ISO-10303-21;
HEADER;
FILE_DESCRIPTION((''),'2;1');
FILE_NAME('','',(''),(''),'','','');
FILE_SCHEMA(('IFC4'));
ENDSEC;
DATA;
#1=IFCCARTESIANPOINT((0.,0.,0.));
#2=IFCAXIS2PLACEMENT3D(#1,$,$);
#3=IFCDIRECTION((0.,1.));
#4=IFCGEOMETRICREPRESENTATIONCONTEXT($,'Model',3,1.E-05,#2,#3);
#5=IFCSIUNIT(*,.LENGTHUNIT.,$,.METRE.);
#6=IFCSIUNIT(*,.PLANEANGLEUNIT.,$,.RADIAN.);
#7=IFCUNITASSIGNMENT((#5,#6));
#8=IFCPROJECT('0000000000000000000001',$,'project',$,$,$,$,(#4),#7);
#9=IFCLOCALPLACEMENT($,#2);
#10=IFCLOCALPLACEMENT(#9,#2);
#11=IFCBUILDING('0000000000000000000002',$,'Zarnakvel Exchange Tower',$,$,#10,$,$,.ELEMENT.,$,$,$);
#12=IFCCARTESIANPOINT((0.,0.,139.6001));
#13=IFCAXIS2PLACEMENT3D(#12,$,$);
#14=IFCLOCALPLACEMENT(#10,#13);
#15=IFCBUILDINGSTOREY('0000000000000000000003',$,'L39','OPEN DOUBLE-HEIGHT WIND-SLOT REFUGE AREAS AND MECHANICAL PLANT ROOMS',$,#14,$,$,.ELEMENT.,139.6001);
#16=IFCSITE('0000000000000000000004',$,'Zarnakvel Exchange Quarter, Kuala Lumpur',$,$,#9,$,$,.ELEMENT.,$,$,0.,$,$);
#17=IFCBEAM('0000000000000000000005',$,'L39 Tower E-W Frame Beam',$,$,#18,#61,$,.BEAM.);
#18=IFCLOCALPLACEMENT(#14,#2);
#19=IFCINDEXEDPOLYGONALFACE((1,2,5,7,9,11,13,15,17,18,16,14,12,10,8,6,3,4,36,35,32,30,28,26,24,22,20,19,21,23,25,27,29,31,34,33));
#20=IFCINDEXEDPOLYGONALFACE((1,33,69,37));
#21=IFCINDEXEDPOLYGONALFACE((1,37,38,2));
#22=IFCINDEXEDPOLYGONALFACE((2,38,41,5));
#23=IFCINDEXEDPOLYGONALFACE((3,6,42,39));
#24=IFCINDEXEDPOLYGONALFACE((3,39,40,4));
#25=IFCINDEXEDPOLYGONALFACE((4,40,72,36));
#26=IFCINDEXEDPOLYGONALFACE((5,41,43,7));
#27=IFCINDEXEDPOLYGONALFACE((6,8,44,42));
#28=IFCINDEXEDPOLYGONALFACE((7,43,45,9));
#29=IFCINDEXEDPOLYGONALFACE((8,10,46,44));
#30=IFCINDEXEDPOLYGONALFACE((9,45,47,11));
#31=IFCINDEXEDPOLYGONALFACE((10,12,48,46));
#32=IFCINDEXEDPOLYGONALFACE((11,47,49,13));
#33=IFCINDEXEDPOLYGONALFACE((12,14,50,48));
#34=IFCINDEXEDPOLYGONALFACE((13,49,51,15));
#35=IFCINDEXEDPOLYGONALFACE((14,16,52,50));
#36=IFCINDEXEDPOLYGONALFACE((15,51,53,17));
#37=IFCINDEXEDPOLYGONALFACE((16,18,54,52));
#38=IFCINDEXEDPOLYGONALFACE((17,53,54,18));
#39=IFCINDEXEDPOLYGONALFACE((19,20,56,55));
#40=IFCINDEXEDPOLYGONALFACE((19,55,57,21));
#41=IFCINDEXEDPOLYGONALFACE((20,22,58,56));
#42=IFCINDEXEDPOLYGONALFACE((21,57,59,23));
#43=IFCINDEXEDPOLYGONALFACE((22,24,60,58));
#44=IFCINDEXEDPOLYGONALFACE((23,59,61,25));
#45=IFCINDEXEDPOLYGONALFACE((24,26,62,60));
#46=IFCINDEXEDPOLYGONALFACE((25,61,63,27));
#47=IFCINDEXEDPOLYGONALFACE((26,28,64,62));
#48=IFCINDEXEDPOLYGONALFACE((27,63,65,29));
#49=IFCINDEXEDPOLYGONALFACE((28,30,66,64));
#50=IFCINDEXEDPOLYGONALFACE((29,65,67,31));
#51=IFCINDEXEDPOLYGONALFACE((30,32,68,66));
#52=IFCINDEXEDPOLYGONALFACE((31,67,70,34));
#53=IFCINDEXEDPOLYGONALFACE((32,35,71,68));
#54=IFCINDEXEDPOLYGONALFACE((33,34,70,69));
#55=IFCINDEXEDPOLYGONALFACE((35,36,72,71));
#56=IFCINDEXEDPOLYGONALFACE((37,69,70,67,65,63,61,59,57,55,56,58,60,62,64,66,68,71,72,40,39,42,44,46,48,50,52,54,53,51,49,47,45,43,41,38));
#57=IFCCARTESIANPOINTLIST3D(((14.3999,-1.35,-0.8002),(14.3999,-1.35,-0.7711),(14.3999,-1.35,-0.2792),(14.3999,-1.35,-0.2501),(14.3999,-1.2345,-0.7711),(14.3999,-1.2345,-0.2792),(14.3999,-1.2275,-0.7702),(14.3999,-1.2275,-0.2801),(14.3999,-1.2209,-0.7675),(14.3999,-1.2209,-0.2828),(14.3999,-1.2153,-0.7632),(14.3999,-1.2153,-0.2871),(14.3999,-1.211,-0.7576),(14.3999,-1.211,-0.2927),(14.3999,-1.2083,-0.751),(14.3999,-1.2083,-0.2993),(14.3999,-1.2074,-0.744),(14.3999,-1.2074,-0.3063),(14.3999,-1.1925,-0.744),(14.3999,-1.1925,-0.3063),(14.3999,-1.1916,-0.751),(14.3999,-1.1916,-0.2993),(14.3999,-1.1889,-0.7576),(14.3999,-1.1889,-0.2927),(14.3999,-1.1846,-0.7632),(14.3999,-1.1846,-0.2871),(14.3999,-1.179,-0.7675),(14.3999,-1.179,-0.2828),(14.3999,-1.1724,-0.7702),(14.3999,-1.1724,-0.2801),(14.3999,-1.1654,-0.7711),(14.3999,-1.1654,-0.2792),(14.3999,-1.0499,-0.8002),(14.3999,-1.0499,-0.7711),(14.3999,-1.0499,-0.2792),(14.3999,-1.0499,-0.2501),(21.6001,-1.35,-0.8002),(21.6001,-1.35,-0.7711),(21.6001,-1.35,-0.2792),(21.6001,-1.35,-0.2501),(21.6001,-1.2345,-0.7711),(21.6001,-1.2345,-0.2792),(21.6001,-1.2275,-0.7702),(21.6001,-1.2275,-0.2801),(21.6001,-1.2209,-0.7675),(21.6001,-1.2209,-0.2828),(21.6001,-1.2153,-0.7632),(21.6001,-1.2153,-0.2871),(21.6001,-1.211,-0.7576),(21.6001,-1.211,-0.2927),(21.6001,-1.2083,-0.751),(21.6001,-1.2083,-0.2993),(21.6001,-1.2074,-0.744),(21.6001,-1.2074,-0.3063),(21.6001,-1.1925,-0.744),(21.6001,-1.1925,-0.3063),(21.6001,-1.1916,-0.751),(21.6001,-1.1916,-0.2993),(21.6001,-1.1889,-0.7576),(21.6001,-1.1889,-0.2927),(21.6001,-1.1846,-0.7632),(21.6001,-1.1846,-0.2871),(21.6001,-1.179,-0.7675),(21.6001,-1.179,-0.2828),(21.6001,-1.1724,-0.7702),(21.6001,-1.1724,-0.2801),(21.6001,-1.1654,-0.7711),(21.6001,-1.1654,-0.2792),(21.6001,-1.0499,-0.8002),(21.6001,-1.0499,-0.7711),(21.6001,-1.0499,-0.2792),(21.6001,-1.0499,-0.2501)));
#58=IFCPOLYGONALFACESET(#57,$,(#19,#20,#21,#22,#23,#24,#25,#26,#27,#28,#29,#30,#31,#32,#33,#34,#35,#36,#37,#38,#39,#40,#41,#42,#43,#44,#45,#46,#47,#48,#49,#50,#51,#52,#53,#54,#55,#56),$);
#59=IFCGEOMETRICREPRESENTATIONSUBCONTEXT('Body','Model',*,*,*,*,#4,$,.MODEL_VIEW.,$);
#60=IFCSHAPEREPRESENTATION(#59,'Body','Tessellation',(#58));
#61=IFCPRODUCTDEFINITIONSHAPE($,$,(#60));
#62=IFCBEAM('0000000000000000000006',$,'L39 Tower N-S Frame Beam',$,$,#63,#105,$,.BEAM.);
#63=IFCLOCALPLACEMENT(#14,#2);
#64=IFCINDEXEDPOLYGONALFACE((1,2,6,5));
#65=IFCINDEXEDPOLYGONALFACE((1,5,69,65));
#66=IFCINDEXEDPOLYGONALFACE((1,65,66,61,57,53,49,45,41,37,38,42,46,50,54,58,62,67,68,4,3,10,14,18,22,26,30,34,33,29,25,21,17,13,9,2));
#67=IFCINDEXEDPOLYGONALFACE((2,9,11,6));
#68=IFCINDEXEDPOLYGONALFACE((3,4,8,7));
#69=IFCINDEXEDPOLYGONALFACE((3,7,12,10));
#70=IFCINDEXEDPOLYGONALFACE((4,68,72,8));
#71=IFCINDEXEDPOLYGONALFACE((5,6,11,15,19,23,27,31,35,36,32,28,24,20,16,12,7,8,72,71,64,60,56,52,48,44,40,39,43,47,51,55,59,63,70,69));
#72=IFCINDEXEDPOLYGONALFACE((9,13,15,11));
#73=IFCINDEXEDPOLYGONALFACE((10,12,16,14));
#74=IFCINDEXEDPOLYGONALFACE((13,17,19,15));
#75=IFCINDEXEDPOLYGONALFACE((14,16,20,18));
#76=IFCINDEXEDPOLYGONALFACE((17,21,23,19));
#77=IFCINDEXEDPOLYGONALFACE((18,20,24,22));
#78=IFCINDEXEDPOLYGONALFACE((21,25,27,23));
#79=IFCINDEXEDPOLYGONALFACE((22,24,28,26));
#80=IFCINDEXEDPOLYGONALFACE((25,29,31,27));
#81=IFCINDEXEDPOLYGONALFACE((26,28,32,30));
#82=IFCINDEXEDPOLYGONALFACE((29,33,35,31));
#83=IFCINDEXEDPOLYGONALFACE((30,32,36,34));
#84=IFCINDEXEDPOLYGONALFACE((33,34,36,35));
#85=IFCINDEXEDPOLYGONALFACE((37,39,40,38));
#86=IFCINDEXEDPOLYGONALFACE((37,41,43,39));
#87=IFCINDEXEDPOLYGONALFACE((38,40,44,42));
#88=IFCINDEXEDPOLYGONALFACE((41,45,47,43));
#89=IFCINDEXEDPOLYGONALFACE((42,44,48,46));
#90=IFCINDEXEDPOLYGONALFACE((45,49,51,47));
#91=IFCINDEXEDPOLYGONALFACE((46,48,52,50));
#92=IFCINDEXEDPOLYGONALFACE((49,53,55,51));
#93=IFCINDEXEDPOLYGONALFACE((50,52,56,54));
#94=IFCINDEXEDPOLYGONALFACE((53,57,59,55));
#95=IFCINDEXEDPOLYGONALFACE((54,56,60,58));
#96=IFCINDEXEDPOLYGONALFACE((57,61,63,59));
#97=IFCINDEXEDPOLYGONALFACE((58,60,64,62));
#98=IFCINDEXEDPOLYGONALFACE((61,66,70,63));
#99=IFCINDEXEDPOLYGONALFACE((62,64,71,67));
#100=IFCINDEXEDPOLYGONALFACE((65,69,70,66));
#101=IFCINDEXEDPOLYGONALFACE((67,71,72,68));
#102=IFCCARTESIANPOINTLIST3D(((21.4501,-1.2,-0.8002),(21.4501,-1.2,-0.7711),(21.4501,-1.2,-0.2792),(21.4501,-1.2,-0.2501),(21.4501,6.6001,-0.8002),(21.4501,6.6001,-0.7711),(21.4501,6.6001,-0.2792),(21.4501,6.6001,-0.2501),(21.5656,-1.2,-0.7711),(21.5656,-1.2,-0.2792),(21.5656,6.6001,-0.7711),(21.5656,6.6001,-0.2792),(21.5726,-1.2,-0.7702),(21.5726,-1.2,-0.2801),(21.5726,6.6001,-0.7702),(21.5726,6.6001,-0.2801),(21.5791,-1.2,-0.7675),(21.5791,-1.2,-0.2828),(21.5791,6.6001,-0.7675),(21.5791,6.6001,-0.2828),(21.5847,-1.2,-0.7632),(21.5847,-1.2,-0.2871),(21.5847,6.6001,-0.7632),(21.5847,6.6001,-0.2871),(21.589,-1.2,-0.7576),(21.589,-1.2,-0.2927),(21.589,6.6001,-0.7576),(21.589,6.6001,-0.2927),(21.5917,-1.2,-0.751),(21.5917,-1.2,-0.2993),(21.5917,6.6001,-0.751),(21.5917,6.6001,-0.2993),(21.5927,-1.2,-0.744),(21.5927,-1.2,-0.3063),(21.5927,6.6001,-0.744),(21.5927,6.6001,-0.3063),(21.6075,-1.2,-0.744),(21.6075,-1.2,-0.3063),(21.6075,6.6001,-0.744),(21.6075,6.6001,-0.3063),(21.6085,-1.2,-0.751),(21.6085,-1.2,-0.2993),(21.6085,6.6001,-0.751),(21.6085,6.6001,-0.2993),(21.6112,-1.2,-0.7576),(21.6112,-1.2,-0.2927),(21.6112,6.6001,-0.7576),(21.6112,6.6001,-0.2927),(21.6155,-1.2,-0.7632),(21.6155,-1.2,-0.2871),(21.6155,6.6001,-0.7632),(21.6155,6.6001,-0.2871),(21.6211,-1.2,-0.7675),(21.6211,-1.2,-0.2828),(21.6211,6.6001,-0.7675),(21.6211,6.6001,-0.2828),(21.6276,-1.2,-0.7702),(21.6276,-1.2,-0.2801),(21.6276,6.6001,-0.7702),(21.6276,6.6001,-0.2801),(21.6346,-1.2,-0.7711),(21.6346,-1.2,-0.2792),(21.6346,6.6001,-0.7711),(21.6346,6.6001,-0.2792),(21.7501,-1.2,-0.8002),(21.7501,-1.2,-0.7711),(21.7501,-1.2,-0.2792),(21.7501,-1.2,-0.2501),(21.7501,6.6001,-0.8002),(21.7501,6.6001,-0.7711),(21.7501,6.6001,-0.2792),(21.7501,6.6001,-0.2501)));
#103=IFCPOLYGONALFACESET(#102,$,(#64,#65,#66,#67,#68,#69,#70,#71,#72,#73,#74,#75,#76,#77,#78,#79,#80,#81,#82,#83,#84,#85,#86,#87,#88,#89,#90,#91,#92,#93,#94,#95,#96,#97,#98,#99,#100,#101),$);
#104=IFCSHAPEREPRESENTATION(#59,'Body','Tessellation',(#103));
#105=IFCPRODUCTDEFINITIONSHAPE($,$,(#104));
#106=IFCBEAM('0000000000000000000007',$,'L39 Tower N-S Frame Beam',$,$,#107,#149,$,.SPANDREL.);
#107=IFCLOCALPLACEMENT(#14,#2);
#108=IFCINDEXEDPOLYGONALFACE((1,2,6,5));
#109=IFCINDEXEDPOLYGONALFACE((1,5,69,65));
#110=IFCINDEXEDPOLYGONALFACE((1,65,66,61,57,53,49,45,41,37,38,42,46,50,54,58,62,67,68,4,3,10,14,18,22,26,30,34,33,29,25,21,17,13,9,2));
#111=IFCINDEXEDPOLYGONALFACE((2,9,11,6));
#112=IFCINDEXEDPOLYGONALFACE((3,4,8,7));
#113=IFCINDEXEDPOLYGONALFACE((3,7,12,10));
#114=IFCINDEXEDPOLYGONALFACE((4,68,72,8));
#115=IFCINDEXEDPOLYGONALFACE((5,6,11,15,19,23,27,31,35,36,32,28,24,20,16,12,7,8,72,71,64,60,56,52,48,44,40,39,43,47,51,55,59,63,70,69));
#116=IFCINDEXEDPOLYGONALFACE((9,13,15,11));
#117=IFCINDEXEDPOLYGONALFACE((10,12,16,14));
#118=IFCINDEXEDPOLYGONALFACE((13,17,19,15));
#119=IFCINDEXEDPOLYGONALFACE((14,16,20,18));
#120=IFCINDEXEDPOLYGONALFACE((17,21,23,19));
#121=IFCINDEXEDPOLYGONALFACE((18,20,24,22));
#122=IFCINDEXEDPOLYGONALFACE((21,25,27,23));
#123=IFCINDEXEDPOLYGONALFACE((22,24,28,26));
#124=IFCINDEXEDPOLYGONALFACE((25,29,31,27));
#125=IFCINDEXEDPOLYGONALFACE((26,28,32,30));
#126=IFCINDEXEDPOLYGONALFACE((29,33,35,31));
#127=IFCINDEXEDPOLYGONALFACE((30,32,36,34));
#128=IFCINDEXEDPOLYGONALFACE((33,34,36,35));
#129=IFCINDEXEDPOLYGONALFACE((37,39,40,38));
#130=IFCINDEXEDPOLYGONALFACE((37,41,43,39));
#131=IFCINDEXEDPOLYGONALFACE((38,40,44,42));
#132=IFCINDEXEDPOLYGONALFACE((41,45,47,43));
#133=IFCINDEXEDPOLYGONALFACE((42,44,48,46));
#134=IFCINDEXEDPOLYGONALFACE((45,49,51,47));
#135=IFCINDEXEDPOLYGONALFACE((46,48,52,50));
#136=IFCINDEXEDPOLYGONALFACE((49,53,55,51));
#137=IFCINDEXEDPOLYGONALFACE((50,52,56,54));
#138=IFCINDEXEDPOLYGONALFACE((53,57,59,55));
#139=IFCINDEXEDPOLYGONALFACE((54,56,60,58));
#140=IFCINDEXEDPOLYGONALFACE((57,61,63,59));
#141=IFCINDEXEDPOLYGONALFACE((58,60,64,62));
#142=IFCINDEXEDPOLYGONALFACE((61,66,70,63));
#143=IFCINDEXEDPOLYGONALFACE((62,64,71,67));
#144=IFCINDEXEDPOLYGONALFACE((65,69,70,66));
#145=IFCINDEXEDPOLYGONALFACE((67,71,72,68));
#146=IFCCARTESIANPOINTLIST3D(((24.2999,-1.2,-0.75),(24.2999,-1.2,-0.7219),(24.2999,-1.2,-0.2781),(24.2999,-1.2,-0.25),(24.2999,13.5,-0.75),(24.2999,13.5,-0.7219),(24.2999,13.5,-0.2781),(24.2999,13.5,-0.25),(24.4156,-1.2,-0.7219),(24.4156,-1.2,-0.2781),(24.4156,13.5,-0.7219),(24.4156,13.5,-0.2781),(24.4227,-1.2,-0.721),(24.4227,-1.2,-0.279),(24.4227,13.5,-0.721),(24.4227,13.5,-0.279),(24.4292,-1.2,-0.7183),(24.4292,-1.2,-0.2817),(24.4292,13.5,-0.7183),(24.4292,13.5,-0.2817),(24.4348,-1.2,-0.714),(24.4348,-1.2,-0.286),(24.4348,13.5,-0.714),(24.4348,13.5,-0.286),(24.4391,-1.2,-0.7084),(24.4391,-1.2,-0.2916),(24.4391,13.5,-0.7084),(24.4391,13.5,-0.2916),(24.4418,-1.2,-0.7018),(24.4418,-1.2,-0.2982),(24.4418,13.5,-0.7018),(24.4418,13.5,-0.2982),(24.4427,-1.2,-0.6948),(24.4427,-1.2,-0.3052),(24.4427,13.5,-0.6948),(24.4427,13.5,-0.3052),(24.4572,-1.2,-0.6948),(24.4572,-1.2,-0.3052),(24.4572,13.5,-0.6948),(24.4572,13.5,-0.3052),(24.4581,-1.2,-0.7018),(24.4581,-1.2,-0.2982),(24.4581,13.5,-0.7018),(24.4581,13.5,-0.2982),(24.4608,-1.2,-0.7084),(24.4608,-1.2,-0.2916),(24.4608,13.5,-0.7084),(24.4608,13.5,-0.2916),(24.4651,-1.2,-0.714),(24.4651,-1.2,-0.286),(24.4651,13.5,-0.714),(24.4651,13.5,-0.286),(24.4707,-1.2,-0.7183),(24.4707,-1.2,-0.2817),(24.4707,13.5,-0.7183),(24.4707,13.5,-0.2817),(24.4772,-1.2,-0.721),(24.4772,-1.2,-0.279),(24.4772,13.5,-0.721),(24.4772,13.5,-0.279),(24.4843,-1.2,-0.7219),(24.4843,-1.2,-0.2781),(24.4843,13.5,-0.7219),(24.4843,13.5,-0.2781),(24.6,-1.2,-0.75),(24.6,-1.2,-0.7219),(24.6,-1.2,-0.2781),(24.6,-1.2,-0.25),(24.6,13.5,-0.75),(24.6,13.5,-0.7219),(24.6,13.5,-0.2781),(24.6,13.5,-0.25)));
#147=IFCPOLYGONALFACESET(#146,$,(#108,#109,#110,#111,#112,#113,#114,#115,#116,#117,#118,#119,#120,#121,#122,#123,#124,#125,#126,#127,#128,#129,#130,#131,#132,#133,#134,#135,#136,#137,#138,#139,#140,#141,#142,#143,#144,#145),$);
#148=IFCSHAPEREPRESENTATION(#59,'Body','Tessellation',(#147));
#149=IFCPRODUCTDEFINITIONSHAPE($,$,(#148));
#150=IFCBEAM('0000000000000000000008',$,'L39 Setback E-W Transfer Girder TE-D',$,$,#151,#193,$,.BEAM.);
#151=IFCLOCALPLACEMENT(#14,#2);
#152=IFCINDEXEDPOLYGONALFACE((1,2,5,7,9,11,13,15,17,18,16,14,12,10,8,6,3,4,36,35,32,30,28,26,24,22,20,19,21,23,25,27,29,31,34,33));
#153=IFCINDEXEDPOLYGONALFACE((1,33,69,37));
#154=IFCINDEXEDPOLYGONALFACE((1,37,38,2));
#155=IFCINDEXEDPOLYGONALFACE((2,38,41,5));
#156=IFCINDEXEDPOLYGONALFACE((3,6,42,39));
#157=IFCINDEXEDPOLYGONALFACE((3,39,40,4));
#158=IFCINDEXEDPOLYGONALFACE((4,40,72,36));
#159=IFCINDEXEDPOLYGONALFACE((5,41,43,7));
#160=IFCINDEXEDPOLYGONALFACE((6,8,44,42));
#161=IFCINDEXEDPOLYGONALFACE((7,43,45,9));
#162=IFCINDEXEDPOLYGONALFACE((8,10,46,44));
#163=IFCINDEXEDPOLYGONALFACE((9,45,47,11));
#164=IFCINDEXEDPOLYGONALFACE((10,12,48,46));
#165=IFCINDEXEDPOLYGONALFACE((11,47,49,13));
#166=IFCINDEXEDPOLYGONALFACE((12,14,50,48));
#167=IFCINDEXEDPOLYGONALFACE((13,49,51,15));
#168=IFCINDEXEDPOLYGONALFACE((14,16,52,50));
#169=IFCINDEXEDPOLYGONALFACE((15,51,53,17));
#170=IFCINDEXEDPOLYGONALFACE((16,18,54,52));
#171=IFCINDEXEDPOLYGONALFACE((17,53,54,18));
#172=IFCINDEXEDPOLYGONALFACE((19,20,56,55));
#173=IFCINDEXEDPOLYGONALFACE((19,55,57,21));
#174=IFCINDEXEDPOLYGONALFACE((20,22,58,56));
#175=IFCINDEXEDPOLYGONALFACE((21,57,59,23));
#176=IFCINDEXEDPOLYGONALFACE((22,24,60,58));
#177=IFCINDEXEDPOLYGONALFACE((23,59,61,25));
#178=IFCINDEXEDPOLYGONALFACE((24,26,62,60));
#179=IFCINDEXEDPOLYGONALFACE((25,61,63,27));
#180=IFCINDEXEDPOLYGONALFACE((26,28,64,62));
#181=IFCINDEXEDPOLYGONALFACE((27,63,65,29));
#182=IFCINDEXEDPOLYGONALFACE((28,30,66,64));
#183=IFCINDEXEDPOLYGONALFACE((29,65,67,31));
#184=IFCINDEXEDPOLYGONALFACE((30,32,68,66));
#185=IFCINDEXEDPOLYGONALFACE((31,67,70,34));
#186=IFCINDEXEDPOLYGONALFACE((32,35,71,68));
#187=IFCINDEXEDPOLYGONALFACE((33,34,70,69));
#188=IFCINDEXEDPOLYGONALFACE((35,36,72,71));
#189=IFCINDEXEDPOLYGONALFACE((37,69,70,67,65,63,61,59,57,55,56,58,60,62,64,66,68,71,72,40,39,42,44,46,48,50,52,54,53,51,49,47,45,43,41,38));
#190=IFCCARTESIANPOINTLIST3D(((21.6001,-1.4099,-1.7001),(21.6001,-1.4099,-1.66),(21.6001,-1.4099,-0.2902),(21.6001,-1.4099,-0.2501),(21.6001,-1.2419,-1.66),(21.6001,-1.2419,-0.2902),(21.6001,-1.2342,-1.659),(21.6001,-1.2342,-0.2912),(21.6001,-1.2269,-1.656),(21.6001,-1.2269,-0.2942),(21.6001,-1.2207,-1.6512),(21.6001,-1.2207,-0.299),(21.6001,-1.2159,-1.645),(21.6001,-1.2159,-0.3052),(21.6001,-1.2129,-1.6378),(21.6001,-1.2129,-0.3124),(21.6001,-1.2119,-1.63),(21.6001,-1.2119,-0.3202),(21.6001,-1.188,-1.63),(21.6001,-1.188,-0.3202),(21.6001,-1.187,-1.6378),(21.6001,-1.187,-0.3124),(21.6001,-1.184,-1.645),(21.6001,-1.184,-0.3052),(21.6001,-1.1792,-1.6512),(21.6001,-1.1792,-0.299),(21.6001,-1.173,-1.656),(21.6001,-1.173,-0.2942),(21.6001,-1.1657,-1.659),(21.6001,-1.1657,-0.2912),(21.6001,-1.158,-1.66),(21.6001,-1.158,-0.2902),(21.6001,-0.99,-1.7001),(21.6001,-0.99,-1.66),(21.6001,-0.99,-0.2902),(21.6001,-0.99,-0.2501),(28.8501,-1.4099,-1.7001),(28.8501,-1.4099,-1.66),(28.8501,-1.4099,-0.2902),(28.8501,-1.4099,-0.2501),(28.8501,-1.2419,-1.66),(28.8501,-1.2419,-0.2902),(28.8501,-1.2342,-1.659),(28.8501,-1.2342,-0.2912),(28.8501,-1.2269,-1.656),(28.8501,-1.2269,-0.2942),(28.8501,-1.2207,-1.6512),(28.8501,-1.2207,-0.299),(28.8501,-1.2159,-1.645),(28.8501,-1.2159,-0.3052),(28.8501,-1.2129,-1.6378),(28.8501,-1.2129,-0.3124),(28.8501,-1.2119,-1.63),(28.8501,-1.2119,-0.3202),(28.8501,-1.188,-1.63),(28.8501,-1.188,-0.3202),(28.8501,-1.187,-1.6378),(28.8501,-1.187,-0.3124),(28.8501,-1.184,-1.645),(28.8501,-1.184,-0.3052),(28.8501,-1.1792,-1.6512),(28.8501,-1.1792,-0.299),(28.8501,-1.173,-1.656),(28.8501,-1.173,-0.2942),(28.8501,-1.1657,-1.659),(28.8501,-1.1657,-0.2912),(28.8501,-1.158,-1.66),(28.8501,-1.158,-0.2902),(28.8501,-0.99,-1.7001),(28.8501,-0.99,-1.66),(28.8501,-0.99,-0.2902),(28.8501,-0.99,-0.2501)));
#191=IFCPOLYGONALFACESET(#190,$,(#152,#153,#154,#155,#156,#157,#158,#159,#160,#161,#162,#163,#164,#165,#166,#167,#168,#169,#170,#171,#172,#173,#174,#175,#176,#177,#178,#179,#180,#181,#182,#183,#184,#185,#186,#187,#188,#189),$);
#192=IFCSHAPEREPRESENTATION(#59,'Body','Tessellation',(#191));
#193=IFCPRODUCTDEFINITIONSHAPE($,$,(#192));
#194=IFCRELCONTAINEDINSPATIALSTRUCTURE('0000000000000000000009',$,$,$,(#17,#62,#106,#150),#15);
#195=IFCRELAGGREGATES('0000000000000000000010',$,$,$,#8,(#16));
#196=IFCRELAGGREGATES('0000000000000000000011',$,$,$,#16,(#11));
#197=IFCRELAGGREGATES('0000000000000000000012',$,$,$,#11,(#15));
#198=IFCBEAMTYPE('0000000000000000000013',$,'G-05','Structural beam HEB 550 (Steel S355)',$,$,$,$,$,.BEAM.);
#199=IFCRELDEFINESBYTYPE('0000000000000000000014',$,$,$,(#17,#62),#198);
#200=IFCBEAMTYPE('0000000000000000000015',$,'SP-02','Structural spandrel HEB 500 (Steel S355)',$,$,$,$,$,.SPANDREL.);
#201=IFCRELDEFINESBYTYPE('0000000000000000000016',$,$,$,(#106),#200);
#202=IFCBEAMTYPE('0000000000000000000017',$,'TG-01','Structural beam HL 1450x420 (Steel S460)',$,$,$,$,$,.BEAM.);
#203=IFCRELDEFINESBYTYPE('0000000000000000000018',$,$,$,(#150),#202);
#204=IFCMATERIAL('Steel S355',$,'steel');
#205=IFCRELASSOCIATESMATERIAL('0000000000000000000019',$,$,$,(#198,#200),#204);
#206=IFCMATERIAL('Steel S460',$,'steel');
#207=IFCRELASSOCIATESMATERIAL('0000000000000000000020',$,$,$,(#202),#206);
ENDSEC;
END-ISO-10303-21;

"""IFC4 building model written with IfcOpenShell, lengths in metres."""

from ifc_helpers import new_model, si_unit, direction, frame, origin, origin_2d, place, context, subcontext, project, spatial, i_section, extrude, material, material_profile, profile_set, type_object, element, save


model = new_model("IFC4")

# Units and contexts
model_context = context("Model", 3, precision=1e-05, world=origin(), true_north=direction((0.0, 1.0)))
body_context = subcontext(model_context, "Body", "Model", "MODEL_VIEW")
ifc_project = project(units=[si_unit("LENGTHUNIT", "METRE"), si_unit("PLANEANGLEUNIT", "RADIAN")], contexts=[model_context])

# Site, building, storey
site_placement = place(None, origin())
site = spatial("IfcSite", under=ifc_project, at=site_placement, Name="Zarnakvel Exchange Quarter, Kuala Lumpur", CompositionType="ELEMENT", RefElevation=0.0)
building_placement = place(site_placement, origin())
building = spatial("IfcBuilding", under=site, at=building_placement, Name="Zarnakvel Exchange Tower", CompositionType="ELEMENT")
storey_placement = place(building_placement, frame((0.0, 0.0, 139.6001)))
storey = spatial("IfcBuildingStorey", under=building, at=storey_placement, Name="L39", Description="OPEN DOUBLE-HEIGHT WIND-SLOT REFUGE AREAS AND MECHANICAL PLANT ROOMS", CompositionType="ELEMENT", Elevation=139.6001)

# Shared definitions
ifc_material_1 = material(Name="Steel S355", Category="steel")

# Beams
ifc_material_profile_1 = material_profile(ifc_material_1, i_section(OverallWidth=0.3, OverallDepth=0.55, WebThickness=0.0149, FlangeThickness=0.0291, FilletRadius=0.0271, at=origin_2d()))
ifc_profile_set_1 = profile_set([ifc_material_profile_1], Name="Steel S355")
beam_type_1 = type_object("IfcBeamType", Name="G-05", Description="Structural beam HEB 550 (Steel S355)", PredefinedType="BEAM", material=ifc_profile_set_1)
beam_1_placement = place(storey_placement, frame((14.3999, -1.2, -0.5251), z_axis=(1.0, 0.0, 0.0), x_axis=(0.0, 1.0, 0.0)))
element("IfcBeam", 1, at=beam_1_placement, inside=storey, type_object=beam_type_1, Name="L39 Tower E-W Frame Beam", PredefinedType="BEAM", context=body_context, shape_type="SweptSolid", body=[
    extrude(i_section(OverallWidth=0.3, OverallDepth=0.55, WebThickness=0.0149, FlangeThickness=0.0291, FilletRadius=0.0271, at=origin_2d()), origin(), (0.0, 0.0, 1.0), 7.2002),
])
beam_2_placement = place(storey_placement, frame((21.6001, -1.2, -0.5251), z_axis=(0.0, 1.0, 0.0), x_axis=(-1.0, 0.0, 0.0)))
element("IfcBeam", 2, at=beam_2_placement, inside=storey, type_object=beam_type_1, Name="L39 Tower N-S Frame Beam", PredefinedType="BEAM", context=body_context, shape_type="SweptSolid", body=[
    extrude(i_section(OverallWidth=0.3, OverallDepth=0.55, WebThickness=0.0149, FlangeThickness=0.0291, FilletRadius=0.0271, at=origin_2d()), origin(), (0.0, 0.0, 1.0), 7.8),
])
ifc_material_profile_2 = material_profile(ifc_material_1, i_section(OverallWidth=0.3, OverallDepth=0.5, WebThickness=0.0144, FlangeThickness=0.0281, FilletRadius=0.0271, at=origin_2d()))
ifc_profile_set_2 = profile_set([ifc_material_profile_2], Name="Steel S355")
beam_type_2 = type_object("IfcBeamType", Name="SP-02", Description="Structural spandrel HEB 500 (Steel S355)", PredefinedType="SPANDREL", material=ifc_profile_set_2)
beam_3_placement = place(storey_placement, frame((24.45, -1.2, -0.5), z_axis=(0.0, 1.0, 0.0), x_axis=(-1.0, 0.0, 0.0)))
element("IfcBeam", 3, at=beam_3_placement, inside=storey, type_object=beam_type_2, Name="L39 Tower N-S Frame Beam", PredefinedType="SPANDREL", context=body_context, shape_type="SweptSolid", body=[
    extrude(i_section(OverallWidth=0.3, OverallDepth=0.5, WebThickness=0.0144, FlangeThickness=0.0281, FilletRadius=0.0271, at=origin_2d()), origin(), (0.0, 0.0, 1.0), 14.7),
])
ifc_material_2 = material(Name="Steel S460", Category="steel")
ifc_material_profile_3 = material_profile(ifc_material_2, i_section(OverallWidth=0.4199, OverallDepth=1.45, WebThickness=0.0239, FlangeThickness=0.04, FilletRadius=0.03, at=origin_2d()))
ifc_profile_set_3 = profile_set([ifc_material_profile_3], Name="Steel S460")
beam_type_3 = type_object("IfcBeamType", Name="TG-01", Description="Structural beam HL 1450x420 (Steel S460)", PredefinedType="BEAM", material=ifc_profile_set_3)
beam_4_placement = place(storey_placement, frame((21.6001, -1.2, -0.9751), z_axis=(1.0, 0.0, 0.0), x_axis=(0.0, 1.0, 0.0)))
element("IfcBeam", 4, at=beam_4_placement, inside=storey, type_object=beam_type_3, Name="L39 Setback E-W Transfer Girder TE-D", PredefinedType="BEAM", context=body_context, shape_type="SweptSolid", body=[
    extrude(i_section(OverallWidth=0.4199, OverallDepth=1.45, WebThickness=0.0239, FlangeThickness=0.04, FilletRadius=0.03, at=origin_2d()), origin(), (0.0, 0.0, 1.0), 7.25),
])

save(model, "model.ifc")
